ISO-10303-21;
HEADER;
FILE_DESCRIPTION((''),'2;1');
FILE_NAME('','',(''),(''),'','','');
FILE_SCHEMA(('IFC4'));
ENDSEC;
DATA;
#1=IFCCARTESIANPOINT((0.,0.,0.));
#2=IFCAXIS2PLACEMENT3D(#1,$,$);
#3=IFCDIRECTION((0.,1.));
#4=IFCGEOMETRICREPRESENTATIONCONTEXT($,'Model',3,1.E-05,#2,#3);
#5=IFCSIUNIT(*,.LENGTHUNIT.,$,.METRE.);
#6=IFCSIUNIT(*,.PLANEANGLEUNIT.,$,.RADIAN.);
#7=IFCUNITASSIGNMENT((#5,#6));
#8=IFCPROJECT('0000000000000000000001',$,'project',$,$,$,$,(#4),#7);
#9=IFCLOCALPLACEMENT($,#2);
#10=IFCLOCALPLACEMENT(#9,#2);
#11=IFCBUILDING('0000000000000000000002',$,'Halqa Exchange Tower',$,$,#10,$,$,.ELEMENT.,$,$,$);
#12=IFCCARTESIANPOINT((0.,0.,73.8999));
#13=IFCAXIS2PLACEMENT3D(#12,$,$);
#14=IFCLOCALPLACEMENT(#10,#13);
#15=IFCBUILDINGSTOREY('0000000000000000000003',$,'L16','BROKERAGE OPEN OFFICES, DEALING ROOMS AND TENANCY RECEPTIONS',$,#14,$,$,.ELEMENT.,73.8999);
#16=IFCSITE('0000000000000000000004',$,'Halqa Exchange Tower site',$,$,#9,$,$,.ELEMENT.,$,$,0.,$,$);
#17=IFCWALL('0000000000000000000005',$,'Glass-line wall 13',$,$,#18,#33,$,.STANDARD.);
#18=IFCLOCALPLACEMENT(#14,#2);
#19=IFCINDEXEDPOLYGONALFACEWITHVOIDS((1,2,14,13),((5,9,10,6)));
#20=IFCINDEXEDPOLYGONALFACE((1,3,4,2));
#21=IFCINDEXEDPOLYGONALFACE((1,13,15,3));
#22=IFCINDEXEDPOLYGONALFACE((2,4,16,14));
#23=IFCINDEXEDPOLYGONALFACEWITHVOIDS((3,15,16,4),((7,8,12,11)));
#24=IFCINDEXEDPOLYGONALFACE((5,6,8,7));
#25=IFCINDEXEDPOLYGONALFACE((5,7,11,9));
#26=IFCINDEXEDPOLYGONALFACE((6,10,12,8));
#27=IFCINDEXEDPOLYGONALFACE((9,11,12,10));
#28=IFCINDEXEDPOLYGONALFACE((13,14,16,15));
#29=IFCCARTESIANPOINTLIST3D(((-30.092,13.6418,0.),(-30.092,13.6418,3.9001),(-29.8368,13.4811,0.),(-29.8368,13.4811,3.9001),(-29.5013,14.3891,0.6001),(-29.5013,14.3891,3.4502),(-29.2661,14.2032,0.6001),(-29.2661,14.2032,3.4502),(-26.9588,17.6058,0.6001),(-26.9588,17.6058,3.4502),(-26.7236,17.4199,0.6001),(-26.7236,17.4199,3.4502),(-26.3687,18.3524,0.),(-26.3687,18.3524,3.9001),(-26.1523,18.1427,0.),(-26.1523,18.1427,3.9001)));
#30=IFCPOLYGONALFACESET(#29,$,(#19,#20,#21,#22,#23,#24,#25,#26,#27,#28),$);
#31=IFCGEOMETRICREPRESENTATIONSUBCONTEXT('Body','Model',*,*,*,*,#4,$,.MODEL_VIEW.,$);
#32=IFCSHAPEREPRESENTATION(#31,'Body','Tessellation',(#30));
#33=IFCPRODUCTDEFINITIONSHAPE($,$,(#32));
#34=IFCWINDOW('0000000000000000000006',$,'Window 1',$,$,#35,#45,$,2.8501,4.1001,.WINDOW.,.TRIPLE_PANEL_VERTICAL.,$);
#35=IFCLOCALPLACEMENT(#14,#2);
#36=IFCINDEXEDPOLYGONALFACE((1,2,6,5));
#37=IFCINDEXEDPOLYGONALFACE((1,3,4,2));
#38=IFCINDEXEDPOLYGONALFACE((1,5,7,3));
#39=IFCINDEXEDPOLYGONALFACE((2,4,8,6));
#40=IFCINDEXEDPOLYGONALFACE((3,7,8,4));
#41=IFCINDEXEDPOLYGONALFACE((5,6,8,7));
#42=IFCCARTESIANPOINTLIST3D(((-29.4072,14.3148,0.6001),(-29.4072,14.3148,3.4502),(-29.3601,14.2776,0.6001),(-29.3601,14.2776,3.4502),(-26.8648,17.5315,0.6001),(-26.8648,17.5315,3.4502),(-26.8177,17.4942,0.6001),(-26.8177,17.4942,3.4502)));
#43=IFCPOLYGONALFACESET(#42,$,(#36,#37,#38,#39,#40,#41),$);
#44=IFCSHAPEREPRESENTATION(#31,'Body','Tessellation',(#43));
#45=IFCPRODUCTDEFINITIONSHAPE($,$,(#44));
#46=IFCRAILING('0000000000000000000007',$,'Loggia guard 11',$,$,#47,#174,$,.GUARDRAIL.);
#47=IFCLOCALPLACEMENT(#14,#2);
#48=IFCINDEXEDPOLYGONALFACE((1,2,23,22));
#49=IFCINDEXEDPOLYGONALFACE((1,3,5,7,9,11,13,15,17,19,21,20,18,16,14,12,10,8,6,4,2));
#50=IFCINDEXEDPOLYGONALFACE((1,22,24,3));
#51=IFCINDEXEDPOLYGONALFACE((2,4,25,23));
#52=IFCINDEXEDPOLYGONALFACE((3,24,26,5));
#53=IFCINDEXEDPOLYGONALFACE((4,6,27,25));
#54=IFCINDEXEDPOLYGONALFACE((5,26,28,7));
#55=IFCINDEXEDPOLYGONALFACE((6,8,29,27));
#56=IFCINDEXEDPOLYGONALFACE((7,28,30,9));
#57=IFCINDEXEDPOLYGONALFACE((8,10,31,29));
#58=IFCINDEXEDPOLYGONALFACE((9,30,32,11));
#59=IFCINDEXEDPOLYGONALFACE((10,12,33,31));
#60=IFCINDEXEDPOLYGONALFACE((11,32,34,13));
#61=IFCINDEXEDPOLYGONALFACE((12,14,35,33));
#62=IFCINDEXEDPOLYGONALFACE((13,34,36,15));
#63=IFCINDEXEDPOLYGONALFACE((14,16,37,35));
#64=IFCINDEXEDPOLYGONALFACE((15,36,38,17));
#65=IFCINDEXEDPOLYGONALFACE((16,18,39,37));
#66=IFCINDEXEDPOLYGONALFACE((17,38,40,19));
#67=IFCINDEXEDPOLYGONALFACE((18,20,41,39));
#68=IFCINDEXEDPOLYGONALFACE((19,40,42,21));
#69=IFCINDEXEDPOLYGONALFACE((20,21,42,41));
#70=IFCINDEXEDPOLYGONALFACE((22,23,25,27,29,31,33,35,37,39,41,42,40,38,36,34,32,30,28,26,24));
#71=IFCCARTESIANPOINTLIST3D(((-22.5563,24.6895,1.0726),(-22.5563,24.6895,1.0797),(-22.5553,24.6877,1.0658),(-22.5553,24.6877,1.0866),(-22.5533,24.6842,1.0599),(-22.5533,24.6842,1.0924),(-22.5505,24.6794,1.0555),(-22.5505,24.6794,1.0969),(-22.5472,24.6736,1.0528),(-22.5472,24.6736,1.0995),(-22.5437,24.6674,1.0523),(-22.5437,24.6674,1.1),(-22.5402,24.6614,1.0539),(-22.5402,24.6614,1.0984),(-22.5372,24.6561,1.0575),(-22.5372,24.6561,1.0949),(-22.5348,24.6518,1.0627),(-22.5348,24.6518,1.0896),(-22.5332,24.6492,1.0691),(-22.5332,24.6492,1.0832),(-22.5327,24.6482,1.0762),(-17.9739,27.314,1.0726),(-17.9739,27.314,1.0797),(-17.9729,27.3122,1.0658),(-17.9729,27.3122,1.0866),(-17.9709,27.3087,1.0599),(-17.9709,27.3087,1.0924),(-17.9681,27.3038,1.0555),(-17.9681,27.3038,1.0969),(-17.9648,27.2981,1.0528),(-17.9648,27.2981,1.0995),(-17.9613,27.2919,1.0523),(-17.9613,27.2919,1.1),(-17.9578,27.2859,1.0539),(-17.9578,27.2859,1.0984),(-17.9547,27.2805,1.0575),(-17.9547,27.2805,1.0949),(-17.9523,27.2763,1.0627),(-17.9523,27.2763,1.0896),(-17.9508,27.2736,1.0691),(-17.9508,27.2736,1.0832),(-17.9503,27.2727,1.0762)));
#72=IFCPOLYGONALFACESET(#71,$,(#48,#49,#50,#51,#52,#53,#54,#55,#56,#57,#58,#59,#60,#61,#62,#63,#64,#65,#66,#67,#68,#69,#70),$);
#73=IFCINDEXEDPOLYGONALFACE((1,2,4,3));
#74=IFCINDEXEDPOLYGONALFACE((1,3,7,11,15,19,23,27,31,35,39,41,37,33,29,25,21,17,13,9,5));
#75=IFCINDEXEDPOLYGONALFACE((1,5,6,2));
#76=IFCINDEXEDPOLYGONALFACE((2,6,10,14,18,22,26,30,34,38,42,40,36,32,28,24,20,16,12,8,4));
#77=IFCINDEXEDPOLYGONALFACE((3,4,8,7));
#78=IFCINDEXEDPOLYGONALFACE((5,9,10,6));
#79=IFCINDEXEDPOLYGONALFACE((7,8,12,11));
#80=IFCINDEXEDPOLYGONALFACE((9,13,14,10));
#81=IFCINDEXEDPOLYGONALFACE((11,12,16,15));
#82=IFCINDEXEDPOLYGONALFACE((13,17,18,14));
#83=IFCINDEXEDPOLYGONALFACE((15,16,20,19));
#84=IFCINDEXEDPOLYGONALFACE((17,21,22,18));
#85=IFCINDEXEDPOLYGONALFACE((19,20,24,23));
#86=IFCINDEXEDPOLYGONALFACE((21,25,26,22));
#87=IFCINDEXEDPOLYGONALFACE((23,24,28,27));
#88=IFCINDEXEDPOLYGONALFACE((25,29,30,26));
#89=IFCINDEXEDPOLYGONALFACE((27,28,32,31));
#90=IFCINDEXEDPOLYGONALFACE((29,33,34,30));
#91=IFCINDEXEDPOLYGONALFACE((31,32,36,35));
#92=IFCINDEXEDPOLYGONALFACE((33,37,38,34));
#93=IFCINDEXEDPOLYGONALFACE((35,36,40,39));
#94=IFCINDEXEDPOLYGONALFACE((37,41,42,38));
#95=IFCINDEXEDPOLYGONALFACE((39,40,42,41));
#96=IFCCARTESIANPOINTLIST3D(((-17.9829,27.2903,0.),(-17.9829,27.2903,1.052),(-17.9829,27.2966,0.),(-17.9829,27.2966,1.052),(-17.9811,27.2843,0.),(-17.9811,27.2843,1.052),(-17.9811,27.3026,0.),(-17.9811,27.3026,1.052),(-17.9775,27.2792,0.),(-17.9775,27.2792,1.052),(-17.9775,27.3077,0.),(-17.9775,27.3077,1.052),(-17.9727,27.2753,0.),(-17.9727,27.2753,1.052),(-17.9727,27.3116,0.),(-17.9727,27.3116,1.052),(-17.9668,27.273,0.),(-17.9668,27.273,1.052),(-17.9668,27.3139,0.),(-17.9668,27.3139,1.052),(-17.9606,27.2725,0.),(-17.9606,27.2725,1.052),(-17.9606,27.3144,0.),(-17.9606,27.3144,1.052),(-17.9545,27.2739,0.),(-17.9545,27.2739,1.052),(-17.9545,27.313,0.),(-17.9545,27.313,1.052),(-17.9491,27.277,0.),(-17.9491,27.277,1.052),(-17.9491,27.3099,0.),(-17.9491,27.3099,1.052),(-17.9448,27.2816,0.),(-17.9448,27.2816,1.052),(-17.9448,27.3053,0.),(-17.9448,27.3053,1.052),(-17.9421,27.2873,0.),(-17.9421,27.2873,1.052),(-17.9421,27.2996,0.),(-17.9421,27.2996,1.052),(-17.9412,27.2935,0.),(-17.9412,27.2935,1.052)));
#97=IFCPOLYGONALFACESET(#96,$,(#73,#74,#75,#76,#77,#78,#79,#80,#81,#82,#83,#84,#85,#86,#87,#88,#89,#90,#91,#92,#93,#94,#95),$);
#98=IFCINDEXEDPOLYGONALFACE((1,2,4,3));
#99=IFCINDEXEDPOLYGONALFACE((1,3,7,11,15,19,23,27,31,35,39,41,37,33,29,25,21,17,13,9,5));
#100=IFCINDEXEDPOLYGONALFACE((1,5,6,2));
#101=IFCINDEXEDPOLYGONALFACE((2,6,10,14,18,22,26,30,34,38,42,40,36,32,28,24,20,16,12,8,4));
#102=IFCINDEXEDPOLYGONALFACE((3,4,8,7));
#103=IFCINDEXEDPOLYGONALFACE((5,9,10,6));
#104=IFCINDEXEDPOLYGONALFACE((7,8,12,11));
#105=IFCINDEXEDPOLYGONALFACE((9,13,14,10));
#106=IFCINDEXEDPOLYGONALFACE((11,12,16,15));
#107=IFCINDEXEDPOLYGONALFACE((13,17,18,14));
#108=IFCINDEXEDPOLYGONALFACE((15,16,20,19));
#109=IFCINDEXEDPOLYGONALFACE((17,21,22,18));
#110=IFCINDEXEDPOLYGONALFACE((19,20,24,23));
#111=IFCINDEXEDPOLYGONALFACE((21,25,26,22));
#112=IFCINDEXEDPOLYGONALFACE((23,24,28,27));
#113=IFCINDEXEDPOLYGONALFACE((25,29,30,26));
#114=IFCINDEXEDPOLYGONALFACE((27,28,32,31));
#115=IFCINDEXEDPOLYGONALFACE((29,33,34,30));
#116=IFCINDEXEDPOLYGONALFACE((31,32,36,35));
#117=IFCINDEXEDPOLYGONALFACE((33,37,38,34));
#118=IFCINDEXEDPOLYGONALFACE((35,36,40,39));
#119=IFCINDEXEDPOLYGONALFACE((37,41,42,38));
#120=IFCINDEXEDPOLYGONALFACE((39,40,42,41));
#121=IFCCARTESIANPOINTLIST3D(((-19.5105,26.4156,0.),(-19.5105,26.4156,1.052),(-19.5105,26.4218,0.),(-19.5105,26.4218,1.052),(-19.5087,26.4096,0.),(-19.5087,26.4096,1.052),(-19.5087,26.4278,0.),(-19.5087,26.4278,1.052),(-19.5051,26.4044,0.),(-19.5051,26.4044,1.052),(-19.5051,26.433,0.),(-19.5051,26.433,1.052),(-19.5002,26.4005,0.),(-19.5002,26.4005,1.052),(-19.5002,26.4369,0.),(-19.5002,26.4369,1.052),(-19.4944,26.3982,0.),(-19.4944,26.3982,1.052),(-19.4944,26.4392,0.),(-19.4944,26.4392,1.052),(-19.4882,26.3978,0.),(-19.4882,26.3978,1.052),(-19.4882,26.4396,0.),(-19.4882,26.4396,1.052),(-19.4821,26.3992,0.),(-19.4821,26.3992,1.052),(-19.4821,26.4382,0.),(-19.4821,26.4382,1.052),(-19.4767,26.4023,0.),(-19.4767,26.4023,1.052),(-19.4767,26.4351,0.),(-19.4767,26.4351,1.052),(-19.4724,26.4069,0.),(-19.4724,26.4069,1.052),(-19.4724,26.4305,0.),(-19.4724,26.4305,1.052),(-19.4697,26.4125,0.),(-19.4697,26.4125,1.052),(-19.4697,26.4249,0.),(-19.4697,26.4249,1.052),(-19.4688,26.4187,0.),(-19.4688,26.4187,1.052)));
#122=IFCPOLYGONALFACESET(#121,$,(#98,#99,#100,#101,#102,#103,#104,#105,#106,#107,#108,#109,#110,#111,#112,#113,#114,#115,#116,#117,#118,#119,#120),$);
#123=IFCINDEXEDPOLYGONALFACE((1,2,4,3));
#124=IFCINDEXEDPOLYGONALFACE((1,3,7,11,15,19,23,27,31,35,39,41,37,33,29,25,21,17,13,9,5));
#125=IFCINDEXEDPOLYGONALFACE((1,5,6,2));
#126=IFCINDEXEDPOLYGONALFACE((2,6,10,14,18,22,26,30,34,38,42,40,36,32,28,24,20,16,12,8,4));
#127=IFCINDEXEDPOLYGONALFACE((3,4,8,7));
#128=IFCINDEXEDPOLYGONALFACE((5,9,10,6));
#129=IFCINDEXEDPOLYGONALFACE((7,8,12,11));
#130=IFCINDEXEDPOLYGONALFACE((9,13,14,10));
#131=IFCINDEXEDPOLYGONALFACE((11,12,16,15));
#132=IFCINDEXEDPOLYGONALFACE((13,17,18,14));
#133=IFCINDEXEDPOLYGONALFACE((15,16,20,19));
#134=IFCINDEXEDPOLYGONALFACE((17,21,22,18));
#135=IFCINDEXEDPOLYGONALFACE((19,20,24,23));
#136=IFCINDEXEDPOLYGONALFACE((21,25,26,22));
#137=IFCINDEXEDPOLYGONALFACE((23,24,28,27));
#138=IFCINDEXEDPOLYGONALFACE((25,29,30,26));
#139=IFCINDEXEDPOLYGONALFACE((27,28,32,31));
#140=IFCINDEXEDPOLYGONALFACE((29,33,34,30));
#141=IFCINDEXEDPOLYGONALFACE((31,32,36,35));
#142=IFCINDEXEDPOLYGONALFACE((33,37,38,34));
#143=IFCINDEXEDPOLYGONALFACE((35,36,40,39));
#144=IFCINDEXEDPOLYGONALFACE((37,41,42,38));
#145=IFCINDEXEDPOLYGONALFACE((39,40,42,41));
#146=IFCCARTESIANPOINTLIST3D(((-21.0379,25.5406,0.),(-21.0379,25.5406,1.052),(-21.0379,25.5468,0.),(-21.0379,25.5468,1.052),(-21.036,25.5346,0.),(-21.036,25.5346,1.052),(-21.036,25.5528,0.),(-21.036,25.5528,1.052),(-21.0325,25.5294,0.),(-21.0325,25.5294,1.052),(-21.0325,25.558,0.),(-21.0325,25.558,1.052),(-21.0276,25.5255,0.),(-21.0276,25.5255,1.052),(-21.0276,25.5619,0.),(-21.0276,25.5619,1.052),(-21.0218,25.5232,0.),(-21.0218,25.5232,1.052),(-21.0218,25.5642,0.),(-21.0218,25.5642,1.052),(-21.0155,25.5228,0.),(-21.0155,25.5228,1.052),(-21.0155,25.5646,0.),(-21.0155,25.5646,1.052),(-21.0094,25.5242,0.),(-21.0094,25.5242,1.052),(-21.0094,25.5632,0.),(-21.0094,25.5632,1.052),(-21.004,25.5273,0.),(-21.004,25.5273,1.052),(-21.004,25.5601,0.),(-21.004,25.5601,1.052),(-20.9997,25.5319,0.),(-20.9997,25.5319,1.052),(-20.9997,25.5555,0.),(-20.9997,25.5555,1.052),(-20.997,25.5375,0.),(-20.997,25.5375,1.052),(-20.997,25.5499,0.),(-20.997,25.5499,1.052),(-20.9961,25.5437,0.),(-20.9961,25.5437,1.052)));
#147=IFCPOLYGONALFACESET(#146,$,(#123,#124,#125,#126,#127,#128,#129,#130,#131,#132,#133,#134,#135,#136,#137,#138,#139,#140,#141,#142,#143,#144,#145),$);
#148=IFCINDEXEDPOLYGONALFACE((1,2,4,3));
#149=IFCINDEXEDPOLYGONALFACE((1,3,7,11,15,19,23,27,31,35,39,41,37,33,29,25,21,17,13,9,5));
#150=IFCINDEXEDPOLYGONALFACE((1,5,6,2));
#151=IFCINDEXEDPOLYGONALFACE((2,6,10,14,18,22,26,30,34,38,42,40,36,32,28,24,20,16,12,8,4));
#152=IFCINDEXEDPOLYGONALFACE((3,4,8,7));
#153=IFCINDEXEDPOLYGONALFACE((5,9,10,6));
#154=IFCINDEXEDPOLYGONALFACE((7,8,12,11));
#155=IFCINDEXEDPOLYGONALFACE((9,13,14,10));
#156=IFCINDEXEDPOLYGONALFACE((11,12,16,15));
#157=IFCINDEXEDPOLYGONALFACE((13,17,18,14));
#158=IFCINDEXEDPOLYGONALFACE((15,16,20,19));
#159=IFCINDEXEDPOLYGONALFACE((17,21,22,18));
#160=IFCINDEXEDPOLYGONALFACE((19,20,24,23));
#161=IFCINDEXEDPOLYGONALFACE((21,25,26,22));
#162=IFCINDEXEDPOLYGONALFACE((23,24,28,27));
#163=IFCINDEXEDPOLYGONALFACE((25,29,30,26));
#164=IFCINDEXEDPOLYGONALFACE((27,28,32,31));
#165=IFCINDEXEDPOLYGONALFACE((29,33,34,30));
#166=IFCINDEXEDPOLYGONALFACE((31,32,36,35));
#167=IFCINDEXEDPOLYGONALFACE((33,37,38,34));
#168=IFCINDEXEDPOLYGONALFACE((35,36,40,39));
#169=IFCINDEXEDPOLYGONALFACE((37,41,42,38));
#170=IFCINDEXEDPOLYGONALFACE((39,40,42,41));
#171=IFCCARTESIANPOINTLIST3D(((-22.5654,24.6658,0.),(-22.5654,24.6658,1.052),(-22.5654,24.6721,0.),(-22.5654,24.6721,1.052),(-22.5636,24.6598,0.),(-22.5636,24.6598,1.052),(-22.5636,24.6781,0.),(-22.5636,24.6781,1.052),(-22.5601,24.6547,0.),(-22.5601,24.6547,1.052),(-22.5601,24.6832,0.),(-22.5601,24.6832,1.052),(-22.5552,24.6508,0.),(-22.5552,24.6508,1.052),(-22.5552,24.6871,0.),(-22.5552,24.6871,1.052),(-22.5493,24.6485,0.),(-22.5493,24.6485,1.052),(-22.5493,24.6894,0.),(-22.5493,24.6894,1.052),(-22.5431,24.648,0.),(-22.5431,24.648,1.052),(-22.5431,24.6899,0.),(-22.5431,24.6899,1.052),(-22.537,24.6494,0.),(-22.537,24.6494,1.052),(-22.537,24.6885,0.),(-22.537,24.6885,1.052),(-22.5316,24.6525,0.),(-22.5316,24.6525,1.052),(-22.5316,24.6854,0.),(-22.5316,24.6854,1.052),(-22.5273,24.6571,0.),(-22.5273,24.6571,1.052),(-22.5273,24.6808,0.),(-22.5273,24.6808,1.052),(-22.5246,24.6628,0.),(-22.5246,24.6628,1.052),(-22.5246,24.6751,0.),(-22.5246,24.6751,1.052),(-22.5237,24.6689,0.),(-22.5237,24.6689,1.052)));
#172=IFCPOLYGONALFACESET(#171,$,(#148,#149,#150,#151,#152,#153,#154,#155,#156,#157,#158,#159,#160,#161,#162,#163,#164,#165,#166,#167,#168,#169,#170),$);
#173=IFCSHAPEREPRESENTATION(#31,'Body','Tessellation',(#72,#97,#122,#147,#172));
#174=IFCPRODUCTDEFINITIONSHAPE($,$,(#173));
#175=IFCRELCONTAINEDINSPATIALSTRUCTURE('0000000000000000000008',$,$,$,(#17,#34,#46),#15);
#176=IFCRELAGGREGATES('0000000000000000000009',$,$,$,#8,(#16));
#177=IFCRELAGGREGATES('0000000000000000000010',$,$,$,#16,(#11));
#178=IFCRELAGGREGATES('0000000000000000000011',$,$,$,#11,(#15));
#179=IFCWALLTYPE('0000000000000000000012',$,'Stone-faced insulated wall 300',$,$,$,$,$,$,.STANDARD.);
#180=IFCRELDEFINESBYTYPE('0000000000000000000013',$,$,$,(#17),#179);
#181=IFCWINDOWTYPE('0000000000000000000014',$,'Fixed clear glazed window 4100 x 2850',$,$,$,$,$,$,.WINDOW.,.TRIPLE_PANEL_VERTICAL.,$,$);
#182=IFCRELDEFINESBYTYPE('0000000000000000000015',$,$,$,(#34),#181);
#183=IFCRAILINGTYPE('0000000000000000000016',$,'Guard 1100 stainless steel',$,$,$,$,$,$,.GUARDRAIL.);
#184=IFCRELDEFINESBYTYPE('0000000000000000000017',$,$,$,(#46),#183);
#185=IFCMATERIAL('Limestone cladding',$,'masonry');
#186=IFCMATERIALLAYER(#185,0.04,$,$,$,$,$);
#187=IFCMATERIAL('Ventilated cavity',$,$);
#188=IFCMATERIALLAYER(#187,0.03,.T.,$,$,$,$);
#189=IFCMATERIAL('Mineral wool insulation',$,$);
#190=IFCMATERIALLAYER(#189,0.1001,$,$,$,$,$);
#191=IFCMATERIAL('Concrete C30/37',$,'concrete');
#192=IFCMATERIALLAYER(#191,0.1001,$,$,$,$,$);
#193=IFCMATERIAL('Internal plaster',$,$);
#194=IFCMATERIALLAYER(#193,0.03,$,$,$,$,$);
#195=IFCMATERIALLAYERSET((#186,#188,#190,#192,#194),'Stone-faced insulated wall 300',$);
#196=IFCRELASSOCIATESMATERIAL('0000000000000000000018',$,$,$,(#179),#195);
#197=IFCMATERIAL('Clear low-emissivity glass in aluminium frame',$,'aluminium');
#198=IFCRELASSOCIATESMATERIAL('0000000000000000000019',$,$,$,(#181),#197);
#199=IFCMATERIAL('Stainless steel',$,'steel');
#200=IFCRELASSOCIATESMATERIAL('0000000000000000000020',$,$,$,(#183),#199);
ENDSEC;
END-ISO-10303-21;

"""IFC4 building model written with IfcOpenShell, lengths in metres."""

from ifc_helpers import new_model, si_unit, direction, frame, frame_2d, origin, origin_2d, place, context, subcontext, project, spatial, polyline, rectangle, circle, outline, extrude, material, layer, layer_set, type_object, element, fill, save


model = new_model("IFC4")

# Units and contexts
model_context = context("Model", 3, precision=1e-05, world=origin(), true_north=direction((0.0, 1.0)))
body_context = subcontext(model_context, "Body", "Model", "MODEL_VIEW")
ifc_project = project(units=[si_unit("LENGTHUNIT", "METRE"), si_unit("PLANEANGLEUNIT", "RADIAN")], contexts=[model_context])

# Site, building, storey
site_placement = place(None, origin())
site = spatial("IfcSite", under=ifc_project, at=site_placement, Name="Halqa Exchange Tower site", CompositionType="ELEMENT", RefElevation=0.0)
building_placement = place(site_placement, origin())
building = spatial("IfcBuilding", under=site, at=building_placement, Name="Halqa Exchange Tower", CompositionType="ELEMENT")
storey_placement = place(building_placement, frame((0.0, 0.0, 73.8999)))
storey = spatial("IfcBuildingStorey", under=building, at=storey_placement, Name="L16", Description="BROKERAGE OPEN OFFICES, DEALING ROOMS AND TENANCY RECEPTIONS", CompositionType="ELEMENT", Elevation=73.8999)

# Shared definitions
ifc_material_1 = material(Name="Limestone cladding", Category="masonry")
ifc_layer_1 = layer(ifc_material_1, 0.04)
ifc_material_2 = material(Name="Ventilated cavity")
ifc_layer_2 = layer(ifc_material_2, 0.03, ventilated=True)
ifc_material_3 = material(Name="Mineral wool insulation")
ifc_layer_3 = layer(ifc_material_3, 0.1001)
ifc_material_4 = material(Name="Concrete C30/37", Category="concrete")
ifc_layer_4 = layer(ifc_material_4, 0.1001)
ifc_material_5 = material(Name="Internal plaster")
ifc_layer_5 = layer(ifc_material_5, 0.03)
ifc_layer_set_1 = layer_set([ifc_layer_1, ifc_layer_2, ifc_layer_3, ifc_layer_4, ifc_layer_5], Name="Stone-faced insulated wall 300")
wall_type_1 = type_object("IfcWallType", Name="Stone-faced insulated wall 300", PredefinedType="STANDARD", material=ifc_layer_set_1)
ifc_material_6 = material(Name="Clear low-emissivity glass in aluminium frame", Category="aluminium")
window_type = type_object("IfcWindowType", Name="Fixed clear glazed window 4100 x 2850", PartitioningType="TRIPLE_PANEL_VERTICAL", PredefinedType="WINDOW", material=ifc_material_6)

# Wall, opening, window
wall_1_placement = place(storey_placement, frame((-26.2605, 18.2476, 0.0), z_axis=(0.0, 0.0, 1.0), x_axis=(-0.620093, -0.784528, 0.0)))
wall_1 = element("IfcWall", 1, at=wall_1_placement, inside=storey, type_object=wall_type_1, Name="Glass-line wall 13", PredefinedType="STANDARD", context=body_context, shape_type="SweptSolid", body=[
    extrude(outline(polyline([(-0.0151, -0.1499), (5.9893, -0.1499), (5.957, 0.1499), (0.0151, 0.1499), (-0.0151, -0.1499)])), origin(), (0.0, 0.0, 1.0), 3.9001),
])
opening_1_placement = place(wall_1_placement, frame((0.9365, 0.0, 0.6001)))
opening_1 = element("IfcOpeningElement", 2, at=opening_1_placement, cuts=wall_1, PredefinedType="OPENING", context=body_context, shape_type="SweptSolid", body=[
    extrude(rectangle(XDim=4.1001, YDim=2.8501, at=frame_2d((2.05, 1.425))), frame((0.0, 0.1621, 0.0), z_axis=(0.0, -1.0, 0.0), x_axis=(1.0, 0.0, 0.0)), (0.0, 0.0, 1.0), 0.324),
])
window_1_placement = place(opening_1_placement, origin())
window_1 = element("IfcWindow", 3, at=window_1_placement, inside=storey, type_object=window_type, Name="Window 1", OverallHeight=2.8501, OverallWidth=4.1001, PartitioningType="TRIPLE_PANEL_VERTICAL", PredefinedType="WINDOW", context=body_context, shape_type="SweptSolid", body=[
    extrude(rectangle(XDim=4.1001, YDim=2.8501, at=frame_2d((2.05, 1.425))), frame((0.0, 0.03, 0.0), z_axis=(0.0, -1.0, 0.0), x_axis=(1.0, 0.0, 0.0)), (0.0, 0.0, 1.0), 0.0601),
])
fill(opening_1, window_1)

# Railing
ifc_material_7 = material(Name="Stainless steel", Category="steel")
railing_type = type_object("IfcRailingType", Name="Guard 1100 stainless steel", PredefinedType="GUARDRAIL", material=ifc_material_7)
railing_1_placement = place(storey_placement, frame((-17.9622, 27.2935, 0.0)))
element("IfcRailing", 4, at=railing_1_placement, inside=storey, type_object=railing_type, Name="Loggia guard 11", PredefinedType="GUARDRAIL", context=body_context, shape_type="SweptSolid", body=[
    extrude(circle(Radius=0.0239, at=origin_2d()), frame((0.0, 0.0, 1.0762), z_axis=(-0.867759, -0.496985, 0.0), x_axis=(0.496985, -0.867759, 0.0)), (0.0, 0.0, 1.0), 5.2808),
    extrude(circle(Radius=0.021, at=origin_2d()), origin(), (0.0, 0.0, 1.0), 1.052),
    extrude(circle(Radius=0.021, at=origin_2d()), frame((-1.5276, -0.8748, 0.0)), (0.0, 0.0, 1.0), 1.052),
    extrude(circle(Radius=0.021, at=origin_2d()), frame((-3.0549, -1.7498, 0.0)), (0.0, 0.0, 1.0), 1.052),
    extrude(circle(Radius=0.021, at=origin_2d()), frame((-4.5825, -2.6245, 0.0)), (0.0, 0.0, 1.0), 1.052),
])

save(model, "model.ifc")
